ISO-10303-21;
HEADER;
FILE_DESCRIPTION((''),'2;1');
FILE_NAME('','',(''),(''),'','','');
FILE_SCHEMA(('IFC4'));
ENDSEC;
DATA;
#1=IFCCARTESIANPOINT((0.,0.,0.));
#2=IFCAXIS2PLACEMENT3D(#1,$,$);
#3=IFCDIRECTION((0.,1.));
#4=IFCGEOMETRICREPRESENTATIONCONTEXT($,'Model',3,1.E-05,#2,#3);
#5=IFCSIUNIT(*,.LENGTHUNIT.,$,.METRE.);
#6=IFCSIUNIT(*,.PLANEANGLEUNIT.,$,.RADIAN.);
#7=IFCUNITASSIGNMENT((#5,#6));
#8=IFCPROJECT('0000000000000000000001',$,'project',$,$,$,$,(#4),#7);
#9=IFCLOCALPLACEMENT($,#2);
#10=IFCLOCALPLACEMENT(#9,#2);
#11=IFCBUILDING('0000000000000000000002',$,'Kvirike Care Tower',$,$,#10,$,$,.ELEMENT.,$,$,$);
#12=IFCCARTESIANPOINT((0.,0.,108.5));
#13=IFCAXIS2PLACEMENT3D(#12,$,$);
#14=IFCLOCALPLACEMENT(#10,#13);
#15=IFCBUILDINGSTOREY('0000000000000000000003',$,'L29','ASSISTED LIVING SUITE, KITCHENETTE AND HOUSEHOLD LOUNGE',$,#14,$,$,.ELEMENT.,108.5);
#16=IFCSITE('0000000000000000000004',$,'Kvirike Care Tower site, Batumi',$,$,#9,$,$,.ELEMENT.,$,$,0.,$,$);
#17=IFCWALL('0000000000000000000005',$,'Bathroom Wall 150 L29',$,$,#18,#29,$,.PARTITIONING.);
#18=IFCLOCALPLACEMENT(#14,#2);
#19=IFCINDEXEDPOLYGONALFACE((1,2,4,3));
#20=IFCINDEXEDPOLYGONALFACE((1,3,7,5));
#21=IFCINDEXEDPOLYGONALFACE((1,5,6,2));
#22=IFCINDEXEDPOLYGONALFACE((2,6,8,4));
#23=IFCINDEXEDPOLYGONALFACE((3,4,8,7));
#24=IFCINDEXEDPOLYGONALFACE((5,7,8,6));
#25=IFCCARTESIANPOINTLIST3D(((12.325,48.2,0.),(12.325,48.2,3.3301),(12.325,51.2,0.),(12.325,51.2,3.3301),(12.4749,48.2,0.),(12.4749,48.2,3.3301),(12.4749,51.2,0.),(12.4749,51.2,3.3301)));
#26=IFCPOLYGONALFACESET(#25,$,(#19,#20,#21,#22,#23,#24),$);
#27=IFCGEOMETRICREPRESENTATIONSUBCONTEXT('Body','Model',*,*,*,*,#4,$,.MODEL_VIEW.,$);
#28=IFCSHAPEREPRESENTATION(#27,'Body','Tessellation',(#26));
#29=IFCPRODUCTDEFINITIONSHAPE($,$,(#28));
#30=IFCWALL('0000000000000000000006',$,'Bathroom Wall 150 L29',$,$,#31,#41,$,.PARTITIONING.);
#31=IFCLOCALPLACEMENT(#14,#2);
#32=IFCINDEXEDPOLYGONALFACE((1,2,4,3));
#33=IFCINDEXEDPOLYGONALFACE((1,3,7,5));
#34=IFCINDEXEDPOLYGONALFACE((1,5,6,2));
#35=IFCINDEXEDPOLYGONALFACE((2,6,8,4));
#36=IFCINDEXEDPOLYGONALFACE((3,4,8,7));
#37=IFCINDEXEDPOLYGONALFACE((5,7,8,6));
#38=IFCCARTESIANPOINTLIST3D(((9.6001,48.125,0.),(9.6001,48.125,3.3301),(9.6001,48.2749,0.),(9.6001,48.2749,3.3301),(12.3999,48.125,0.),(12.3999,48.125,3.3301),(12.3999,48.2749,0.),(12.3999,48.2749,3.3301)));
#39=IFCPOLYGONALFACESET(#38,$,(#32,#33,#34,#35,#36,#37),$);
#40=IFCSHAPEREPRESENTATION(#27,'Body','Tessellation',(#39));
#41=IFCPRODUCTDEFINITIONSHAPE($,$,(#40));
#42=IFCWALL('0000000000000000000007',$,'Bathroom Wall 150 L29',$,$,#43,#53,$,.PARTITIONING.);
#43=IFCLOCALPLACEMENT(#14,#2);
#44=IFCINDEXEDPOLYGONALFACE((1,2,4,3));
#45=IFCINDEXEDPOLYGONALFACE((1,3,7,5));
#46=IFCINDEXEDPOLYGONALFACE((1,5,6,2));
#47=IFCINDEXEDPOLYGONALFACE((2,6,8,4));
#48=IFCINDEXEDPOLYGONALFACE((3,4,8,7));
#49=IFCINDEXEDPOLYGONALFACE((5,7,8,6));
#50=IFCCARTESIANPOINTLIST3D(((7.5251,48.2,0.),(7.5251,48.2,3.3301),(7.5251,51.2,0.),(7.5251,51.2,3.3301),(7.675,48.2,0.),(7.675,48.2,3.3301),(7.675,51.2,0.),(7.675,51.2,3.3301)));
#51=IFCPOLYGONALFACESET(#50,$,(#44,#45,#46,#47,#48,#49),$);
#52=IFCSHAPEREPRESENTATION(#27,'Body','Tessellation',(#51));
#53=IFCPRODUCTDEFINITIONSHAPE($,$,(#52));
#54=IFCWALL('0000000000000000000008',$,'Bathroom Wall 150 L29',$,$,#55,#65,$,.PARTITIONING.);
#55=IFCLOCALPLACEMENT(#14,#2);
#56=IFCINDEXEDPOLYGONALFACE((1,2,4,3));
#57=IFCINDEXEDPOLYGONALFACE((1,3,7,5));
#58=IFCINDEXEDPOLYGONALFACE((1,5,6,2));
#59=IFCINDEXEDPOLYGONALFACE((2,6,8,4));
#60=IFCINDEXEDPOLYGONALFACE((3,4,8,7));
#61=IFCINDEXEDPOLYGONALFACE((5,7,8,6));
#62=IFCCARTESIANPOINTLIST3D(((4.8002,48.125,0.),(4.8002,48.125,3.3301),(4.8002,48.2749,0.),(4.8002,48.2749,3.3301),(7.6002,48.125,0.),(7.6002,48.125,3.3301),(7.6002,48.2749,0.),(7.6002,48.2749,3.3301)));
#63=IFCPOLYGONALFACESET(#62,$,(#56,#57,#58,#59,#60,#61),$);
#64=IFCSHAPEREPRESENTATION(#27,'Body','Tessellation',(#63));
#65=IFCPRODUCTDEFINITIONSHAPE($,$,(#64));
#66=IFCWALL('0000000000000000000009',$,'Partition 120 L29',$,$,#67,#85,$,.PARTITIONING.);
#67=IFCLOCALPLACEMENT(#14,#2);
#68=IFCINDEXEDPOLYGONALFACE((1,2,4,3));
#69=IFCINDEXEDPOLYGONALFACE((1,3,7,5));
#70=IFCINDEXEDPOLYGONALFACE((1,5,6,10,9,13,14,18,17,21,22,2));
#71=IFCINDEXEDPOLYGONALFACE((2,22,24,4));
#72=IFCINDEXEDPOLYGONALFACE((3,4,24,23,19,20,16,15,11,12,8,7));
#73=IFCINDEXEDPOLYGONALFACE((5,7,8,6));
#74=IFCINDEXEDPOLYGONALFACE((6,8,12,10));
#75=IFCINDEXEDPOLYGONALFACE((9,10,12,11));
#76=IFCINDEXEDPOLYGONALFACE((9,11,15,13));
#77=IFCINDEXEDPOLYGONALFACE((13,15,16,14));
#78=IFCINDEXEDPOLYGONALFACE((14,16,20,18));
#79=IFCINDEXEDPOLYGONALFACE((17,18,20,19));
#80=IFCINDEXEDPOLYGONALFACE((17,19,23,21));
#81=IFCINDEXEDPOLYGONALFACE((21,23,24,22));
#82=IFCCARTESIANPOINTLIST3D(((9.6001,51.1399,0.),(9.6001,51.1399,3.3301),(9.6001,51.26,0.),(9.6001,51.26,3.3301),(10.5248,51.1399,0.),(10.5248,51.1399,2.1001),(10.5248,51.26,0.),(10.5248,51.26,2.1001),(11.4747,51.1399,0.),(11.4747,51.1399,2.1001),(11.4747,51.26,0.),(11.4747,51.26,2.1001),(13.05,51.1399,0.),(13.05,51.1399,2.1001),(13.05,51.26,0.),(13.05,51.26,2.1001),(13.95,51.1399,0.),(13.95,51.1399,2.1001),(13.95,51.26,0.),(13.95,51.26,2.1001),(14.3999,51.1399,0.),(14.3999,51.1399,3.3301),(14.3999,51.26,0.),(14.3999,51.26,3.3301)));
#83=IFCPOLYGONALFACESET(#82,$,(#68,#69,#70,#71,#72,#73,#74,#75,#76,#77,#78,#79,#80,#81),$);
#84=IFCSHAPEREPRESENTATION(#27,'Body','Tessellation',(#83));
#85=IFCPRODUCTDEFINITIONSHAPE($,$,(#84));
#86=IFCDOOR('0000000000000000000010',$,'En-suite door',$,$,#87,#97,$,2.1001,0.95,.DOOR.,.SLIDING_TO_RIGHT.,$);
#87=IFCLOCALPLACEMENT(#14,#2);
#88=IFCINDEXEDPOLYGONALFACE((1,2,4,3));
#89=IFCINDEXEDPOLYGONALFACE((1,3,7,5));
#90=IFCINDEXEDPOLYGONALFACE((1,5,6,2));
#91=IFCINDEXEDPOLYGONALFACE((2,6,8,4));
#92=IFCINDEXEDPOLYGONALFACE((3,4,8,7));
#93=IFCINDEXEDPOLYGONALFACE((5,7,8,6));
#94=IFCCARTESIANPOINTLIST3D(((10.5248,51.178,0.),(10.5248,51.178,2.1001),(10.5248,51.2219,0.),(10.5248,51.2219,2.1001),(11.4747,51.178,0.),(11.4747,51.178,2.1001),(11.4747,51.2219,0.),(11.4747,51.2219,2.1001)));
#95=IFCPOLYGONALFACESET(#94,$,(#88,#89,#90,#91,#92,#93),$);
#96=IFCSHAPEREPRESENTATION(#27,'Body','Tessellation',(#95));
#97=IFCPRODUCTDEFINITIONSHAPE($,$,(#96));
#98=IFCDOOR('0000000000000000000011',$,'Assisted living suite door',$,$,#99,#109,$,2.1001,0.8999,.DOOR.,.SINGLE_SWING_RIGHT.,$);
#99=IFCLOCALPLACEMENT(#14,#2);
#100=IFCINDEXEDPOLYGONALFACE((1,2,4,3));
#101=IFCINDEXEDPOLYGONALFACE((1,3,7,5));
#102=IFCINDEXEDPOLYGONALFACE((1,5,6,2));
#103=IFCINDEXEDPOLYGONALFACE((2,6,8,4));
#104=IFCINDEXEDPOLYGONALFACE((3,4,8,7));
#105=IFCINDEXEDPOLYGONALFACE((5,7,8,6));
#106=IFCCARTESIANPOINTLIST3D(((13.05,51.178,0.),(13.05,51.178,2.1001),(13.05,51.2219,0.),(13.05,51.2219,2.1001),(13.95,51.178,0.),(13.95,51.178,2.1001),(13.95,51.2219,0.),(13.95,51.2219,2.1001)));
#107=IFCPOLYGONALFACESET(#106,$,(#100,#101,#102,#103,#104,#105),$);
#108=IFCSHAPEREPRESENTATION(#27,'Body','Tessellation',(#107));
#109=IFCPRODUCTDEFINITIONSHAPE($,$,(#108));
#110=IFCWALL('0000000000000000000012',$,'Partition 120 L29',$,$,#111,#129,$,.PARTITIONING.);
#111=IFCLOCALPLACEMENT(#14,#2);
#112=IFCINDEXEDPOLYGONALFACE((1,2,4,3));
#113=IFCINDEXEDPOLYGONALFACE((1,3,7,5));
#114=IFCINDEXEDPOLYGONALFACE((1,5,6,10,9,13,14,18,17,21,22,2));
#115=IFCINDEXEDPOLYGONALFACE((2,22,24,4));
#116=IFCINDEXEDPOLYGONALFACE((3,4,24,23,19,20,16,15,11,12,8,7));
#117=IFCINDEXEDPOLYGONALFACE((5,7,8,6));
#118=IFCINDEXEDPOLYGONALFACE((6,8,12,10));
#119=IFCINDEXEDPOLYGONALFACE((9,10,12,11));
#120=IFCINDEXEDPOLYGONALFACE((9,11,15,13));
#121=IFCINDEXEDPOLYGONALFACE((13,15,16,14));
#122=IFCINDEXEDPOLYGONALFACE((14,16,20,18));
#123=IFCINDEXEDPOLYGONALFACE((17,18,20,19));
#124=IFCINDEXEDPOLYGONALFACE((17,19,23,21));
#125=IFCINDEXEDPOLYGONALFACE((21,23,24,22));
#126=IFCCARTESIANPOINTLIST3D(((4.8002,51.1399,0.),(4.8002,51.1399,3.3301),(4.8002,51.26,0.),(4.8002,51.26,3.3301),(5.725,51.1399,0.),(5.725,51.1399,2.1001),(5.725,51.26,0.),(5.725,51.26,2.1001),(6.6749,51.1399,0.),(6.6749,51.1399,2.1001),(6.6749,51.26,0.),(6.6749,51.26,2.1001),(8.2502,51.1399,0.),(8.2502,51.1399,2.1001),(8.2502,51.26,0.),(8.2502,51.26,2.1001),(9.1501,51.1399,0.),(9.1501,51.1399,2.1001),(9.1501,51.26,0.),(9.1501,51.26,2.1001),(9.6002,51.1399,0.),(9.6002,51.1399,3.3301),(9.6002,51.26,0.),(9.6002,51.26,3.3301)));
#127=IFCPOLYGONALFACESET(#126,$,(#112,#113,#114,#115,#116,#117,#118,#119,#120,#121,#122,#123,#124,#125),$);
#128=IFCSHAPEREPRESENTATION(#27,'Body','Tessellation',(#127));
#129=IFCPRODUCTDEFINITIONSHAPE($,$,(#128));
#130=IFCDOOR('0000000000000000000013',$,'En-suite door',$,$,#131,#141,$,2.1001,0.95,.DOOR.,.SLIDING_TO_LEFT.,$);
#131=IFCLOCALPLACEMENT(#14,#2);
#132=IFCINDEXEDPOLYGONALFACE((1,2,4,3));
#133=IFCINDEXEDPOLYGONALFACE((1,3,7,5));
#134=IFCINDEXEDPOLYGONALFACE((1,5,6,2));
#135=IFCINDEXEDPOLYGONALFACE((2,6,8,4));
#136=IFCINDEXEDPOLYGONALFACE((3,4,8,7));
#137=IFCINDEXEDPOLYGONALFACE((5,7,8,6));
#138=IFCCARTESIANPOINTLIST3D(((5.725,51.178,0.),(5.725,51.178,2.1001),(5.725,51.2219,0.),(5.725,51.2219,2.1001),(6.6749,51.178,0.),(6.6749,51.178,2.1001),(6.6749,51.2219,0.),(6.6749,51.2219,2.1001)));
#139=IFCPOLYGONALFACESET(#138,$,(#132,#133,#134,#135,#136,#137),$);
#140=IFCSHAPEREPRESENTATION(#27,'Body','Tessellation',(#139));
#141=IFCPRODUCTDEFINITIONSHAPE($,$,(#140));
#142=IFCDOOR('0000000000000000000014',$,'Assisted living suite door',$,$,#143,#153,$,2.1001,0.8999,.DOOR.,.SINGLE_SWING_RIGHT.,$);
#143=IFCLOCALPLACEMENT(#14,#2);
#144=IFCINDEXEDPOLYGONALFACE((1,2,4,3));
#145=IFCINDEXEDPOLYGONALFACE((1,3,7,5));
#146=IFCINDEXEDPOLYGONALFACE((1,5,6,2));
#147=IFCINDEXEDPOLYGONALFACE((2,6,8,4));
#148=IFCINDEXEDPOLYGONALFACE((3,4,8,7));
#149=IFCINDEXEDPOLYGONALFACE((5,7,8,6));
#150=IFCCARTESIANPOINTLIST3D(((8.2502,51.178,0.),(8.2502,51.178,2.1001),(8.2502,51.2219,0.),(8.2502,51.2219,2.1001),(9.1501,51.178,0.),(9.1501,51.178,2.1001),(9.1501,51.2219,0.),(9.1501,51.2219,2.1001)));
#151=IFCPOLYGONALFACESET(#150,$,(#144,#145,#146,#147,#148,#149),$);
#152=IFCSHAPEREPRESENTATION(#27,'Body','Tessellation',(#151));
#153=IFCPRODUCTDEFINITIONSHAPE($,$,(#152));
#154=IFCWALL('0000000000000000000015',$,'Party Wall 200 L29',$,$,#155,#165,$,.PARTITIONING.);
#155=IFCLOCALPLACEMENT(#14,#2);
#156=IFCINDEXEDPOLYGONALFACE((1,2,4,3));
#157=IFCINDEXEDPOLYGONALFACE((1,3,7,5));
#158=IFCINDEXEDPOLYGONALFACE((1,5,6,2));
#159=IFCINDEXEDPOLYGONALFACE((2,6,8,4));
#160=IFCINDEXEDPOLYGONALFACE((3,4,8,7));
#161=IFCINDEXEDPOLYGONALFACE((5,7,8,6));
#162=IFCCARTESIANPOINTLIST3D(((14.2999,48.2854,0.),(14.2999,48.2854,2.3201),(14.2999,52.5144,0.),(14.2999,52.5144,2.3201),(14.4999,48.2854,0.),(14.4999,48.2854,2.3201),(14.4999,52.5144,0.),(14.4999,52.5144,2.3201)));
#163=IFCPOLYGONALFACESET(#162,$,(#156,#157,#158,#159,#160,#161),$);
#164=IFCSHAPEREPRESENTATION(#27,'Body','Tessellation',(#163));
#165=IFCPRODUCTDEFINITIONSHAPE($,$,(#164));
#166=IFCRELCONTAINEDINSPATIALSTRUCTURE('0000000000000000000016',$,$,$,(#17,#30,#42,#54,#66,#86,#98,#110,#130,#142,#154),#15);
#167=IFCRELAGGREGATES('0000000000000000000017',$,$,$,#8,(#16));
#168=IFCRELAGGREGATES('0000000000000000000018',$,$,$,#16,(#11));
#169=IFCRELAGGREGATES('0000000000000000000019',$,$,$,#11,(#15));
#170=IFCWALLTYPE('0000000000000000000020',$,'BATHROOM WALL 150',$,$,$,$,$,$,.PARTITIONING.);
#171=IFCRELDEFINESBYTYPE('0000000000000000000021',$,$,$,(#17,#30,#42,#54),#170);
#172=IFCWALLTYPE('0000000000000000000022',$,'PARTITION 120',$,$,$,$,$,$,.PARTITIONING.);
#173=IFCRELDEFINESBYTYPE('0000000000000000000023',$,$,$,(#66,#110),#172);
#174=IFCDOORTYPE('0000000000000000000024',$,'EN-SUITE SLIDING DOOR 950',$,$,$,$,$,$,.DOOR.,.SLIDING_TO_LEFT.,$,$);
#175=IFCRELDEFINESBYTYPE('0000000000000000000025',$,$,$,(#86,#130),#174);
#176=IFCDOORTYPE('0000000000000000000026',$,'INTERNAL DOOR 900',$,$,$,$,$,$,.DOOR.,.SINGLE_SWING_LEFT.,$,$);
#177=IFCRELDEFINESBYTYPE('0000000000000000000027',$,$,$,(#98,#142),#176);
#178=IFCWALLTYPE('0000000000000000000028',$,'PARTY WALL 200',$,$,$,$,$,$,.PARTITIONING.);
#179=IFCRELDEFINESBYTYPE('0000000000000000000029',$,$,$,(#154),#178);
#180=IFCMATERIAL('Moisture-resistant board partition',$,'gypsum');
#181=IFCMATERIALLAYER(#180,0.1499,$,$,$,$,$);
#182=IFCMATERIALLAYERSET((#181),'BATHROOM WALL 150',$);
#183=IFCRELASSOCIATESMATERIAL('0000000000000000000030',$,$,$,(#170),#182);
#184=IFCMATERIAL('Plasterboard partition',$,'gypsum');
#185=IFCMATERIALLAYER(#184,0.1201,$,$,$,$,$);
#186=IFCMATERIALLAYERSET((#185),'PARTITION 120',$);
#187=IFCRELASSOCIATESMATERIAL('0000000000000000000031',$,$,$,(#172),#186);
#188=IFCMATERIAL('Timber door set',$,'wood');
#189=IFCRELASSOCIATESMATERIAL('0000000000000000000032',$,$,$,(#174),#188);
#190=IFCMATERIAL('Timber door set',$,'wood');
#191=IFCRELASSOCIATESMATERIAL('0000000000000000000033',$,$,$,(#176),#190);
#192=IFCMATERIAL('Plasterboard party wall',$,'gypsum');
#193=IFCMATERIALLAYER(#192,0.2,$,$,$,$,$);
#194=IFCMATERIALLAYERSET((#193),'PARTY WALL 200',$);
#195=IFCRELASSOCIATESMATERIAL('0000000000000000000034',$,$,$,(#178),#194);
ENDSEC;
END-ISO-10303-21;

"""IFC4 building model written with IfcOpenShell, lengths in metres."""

from ifc_helpers import new_model, si_unit, direction, frame, frame_2d, origin, place, context, subcontext, project, spatial, rectangle, extrude, material, layer, layer_set, type_object, element, fill, save


model = new_model("IFC4")

# Units and contexts
model_context = context("Model", 3, precision=1e-05, world=origin(), true_north=direction((0.0, 1.0)))
body_context = subcontext(model_context, "Body", "Model", "MODEL_VIEW")
ifc_project = project(units=[si_unit("LENGTHUNIT", "METRE"), si_unit("PLANEANGLEUNIT", "RADIAN")], contexts=[model_context])

# Site, building, storey
site_placement = place(None, origin())
site = spatial("IfcSite", under=ifc_project, at=site_placement, Name="Kvirike Care Tower site, Batumi", CompositionType="ELEMENT", RefElevation=0.0)
building_placement = place(site_placement, origin())
building = spatial("IfcBuilding", under=site, at=building_placement, Name="Kvirike Care Tower", CompositionType="ELEMENT")
storey_placement = place(building_placement, frame((0.0, 0.0, 108.5)))
storey = spatial("IfcBuildingStorey", under=building, at=storey_placement, Name="L29", Description="ASSISTED LIVING SUITE, KITCHENETTE AND HOUSEHOLD LOUNGE", CompositionType="ELEMENT", Elevation=108.5)

# Walls
ifc_material_1 = material(Name="Moisture-resistant board partition", Category="gypsum")
ifc_layer_1 = layer(ifc_material_1, 0.1499)
ifc_layer_set_1 = layer_set([ifc_layer_1], Name="BATHROOM WALL 150")
wall_type_1 = type_object("IfcWallType", Name="BATHROOM WALL 150", PredefinedType="PARTITIONING", material=ifc_layer_set_1)
wall_1_placement = place(storey_placement, frame((12.3999, 51.2, 0.0), z_axis=(0.0, 0.0, 1.0), x_axis=(0.0, -1.0, 0.0)))
element("IfcWall", 1, at=wall_1_placement, inside=storey, type_object=wall_type_1, Name="Bathroom Wall 150 L29", PredefinedType="PARTITIONING", context=body_context, shape_type="SweptSolid", body=[
    extrude(rectangle(XDim=3.0, YDim=0.1499, at=frame_2d((1.5, 0.0))), origin(), (0.0, 0.0, 1.0), 3.3301),
])
wall_2_placement = place(storey_placement, frame((12.3999, 48.2, 0.0), z_axis=(0.0, 0.0, 1.0), x_axis=(-1.0, 0.0, 0.0)))
element("IfcWall", 2, at=wall_2_placement, inside=storey, type_object=wall_type_1, Name="Bathroom Wall 150 L29", PredefinedType="PARTITIONING", context=body_context, shape_type="SweptSolid", body=[
    extrude(rectangle(XDim=2.7998, YDim=0.1499, at=frame_2d((1.3999, 0.0))), origin(), (0.0, 0.0, 1.0), 3.3301),
])
wall_3_placement = place(storey_placement, frame((7.6001, 51.2, 0.0), z_axis=(0.0, 0.0, 1.0), x_axis=(0.0, -1.0, 0.0)))
element("IfcWall", 3, at=wall_3_placement, inside=storey, type_object=wall_type_1, Name="Bathroom Wall 150 L29", PredefinedType="PARTITIONING", context=body_context, shape_type="SweptSolid", body=[
    extrude(rectangle(XDim=3.0, YDim=0.1499, at=frame_2d((1.5, 0.0))), origin(), (0.0, 0.0, 1.0), 3.3301),
])
wall_4_placement = place(storey_placement, frame((7.6001, 48.2, 0.0), z_axis=(0.0, 0.0, 1.0), x_axis=(-1.0, 0.0, 0.0)))
element("IfcWall", 4, at=wall_4_placement, inside=storey, type_object=wall_type_1, Name="Bathroom Wall 150 L29", PredefinedType="PARTITIONING", context=body_context, shape_type="SweptSolid", body=[
    extrude(rectangle(XDim=2.8, YDim=0.1499, at=frame_2d((1.3999, 0.0))), origin(), (0.0, 0.0, 1.0), 3.3301),
])

# Walls, openings, doors
ifc_material_2 = material(Name="Plasterboard partition", Category="gypsum")
ifc_layer_2 = layer(ifc_material_2, 0.1201)
ifc_layer_set_2 = layer_set([ifc_layer_2], Name="PARTITION 120")
wall_type_2 = type_object("IfcWallType", Name="PARTITION 120", PredefinedType="PARTITIONING", material=ifc_layer_set_2)
wall_5_placement = place(storey_placement, frame((14.3999, 51.2, 0.0), z_axis=(0.0, 0.0, 1.0), x_axis=(-1.0, 0.0, 0.0)))
wall_5 = element("IfcWall", 5, at=wall_5_placement, inside=storey, type_object=wall_type_2, Name="Partition 120 L29", PredefinedType="PARTITIONING", context=body_context, shape_type="SweptSolid", body=[
    extrude(rectangle(XDim=4.7998, YDim=0.1201, at=frame_2d((2.3999, 0.0))), origin(), (0.0, 0.0, 1.0), 3.3301),
])
opening_1_placement = place(wall_5_placement, frame((0.45, 0.0, 0.0)))
opening_1 = element("IfcOpeningElement", 6, at=opening_1_placement, cuts=wall_5, PredefinedType="OPENING", context=body_context, shape_type="SweptSolid", body=[
    extrude(rectangle(XDim=0.8999, YDim=2.1001, at=frame_2d((0.45, 1.05))), frame((0.0, 0.0706, 0.0), z_axis=(0.0, -1.0, 0.0), x_axis=(1.0, 0.0, 0.0)), (0.0, 0.0, 1.0), 0.1411),
])
opening_2_placement = place(wall_5_placement, frame((2.925, 0.0, 0.0)))
opening_2 = element("IfcOpeningElement", 7, at=opening_2_placement, cuts=wall_5, PredefinedType="OPENING", context=body_context, shape_type="SweptSolid", body=[
    extrude(rectangle(XDim=0.95, YDim=2.1001, at=frame_2d((0.4751, 1.05))), frame((0.0, 0.0706, 0.0), z_axis=(0.0, -1.0, 0.0), x_axis=(1.0, 0.0, 0.0)), (0.0, 0.0, 1.0), 0.1411),
])
ifc_material_3 = material(Name="Timber door set", Category="wood")
door_type_1 = type_object("IfcDoorType", Name="EN-SUITE SLIDING DOOR 950", OperationType="SLIDING_TO_LEFT", PredefinedType="DOOR", material=ifc_material_3)
door_1_placement = place(opening_2_placement, origin())
door_1 = element("IfcDoor", 8, at=door_1_placement, inside=storey, type_object=door_type_1, Name="En-suite door", OperationType="SLIDING_TO_RIGHT", OverallHeight=2.1001, OverallWidth=0.95, PredefinedType="DOOR", context=body_context, shape_type="SweptSolid", body=[
    extrude(rectangle(XDim=0.95, YDim=2.1001, at=frame_2d((0.4751, 1.05))), frame((0.0, 0.022, 0.0), z_axis=(0.0, -1.0, 0.0), x_axis=(1.0, 0.0, 0.0)), (0.0, 0.0, 1.0), 0.0439),
])
fill(opening_2, door_1)
ifc_material_4 = material(Name="Timber door set", Category="wood")
door_type_2 = type_object("IfcDoorType", Name="INTERNAL DOOR 900", OperationType="SINGLE_SWING_LEFT", PredefinedType="DOOR", material=ifc_material_4)
door_2_placement = place(opening_1_placement, origin())
door_2 = element("IfcDoor", 9, at=door_2_placement, inside=storey, type_object=door_type_2, Name="Assisted living suite door", OperationType="SINGLE_SWING_RIGHT", OverallHeight=2.1001, OverallWidth=0.8999, PredefinedType="DOOR", context=body_context, shape_type="SweptSolid", body=[
    extrude(rectangle(XDim=0.8999, YDim=2.1001, at=frame_2d((0.45, 1.05))), frame((0.0, 0.022, 0.0), z_axis=(0.0, -1.0, 0.0), x_axis=(1.0, 0.0, 0.0)), (0.0, 0.0, 1.0), 0.0439),
])
fill(opening_1, door_2)
wall_6_placement = place(storey_placement, frame((9.6001, 51.2, 0.0), z_axis=(0.0, 0.0, 1.0), x_axis=(-1.0, 0.0, 0.0)))
wall_6 = element("IfcWall", 10, at=wall_6_placement, inside=storey, type_object=wall_type_2, Name="Partition 120 L29", PredefinedType="PARTITIONING", context=body_context, shape_type="SweptSolid", body=[
    extrude(rectangle(XDim=4.8, YDim=0.1201, at=frame_2d((2.3999, 0.0))), origin(), (0.0, 0.0, 1.0), 3.3301),
])
opening_3_placement = place(wall_6_placement, frame((0.45, 0.0, 0.0)))
opening_3 = element("IfcOpeningElement", 11, at=opening_3_placement, cuts=wall_6, PredefinedType="OPENING", context=body_context, shape_type="SweptSolid", body=[
    extrude(rectangle(XDim=0.8999, YDim=2.1001, at=frame_2d((0.45, 1.05))), frame((0.0, 0.0706, 0.0), z_axis=(0.0, -1.0, 0.0), x_axis=(1.0, 0.0, 0.0)), (0.0, 0.0, 1.0), 0.1411),
])
opening_4_placement = place(wall_6_placement, frame((2.925, 0.0, 0.0)))
opening_4 = element("IfcOpeningElement", 12, at=opening_4_placement, cuts=wall_6, PredefinedType="OPENING", context=body_context, shape_type="SweptSolid", body=[
    extrude(rectangle(XDim=0.95, YDim=2.1001, at=frame_2d((0.4751, 1.05))), frame((0.0, 0.0706, 0.0), z_axis=(0.0, -1.0, 0.0), x_axis=(1.0, 0.0, 0.0)), (0.0, 0.0, 1.0), 0.1411),
])
door_3_placement = place(opening_4_placement, origin())
door_3 = element("IfcDoor", 13, at=door_3_placement, inside=storey, type_object=door_type_1, Name="En-suite door", OperationType="SLIDING_TO_LEFT", OverallHeight=2.1001, OverallWidth=0.95, PredefinedType="DOOR", context=body_context, shape_type="SweptSolid", body=[
    extrude(rectangle(XDim=0.95, YDim=2.1001, at=frame_2d((0.4751, 1.05))), frame((0.0, 0.022, 0.0), z_axis=(0.0, -1.0, 0.0), x_axis=(1.0, 0.0, 0.0)), (0.0, 0.0, 1.0), 0.0439),
])
fill(opening_4, door_3)
door_4_placement = place(opening_3_placement, origin())
door_4 = element("IfcDoor", 14, at=door_4_placement, inside=storey, type_object=door_type_2, Name="Assisted living suite door", OperationType="SINGLE_SWING_RIGHT", OverallHeight=2.1001, OverallWidth=0.8999, PredefinedType="DOOR", context=body_context, shape_type="SweptSolid", body=[
    extrude(rectangle(XDim=0.8999, YDim=2.1001, at=frame_2d((0.45, 1.05))), frame((0.0, 0.022, 0.0), z_axis=(0.0, -1.0, 0.0), x_axis=(1.0, 0.0, 0.0)), (0.0, 0.0, 1.0), 0.0439),
])
fill(opening_3, door_4)

# Wall
ifc_material_5 = material(Name="Plasterboard party wall", Category="gypsum")
ifc_layer_3 = layer(ifc_material_5, 0.2)
ifc_layer_set_3 = layer_set([ifc_layer_3], Name="PARTY WALL 200")
wall_type_3 = type_object("IfcWallType", Name="PARTY WALL 200", PredefinedType="PARTITIONING", material=ifc_layer_set_3)
wall_7_placement = place(storey_placement, frame((14.3999, 48.2854, 0.0), z_axis=(0.0, 0.0, 1.0), x_axis=(0.0, 1.0, 0.0)))
element("IfcWall", 15, at=wall_7_placement, inside=storey, type_object=wall_type_3, Name="Party Wall 200 L29", PredefinedType="PARTITIONING", context=body_context, shape_type="SweptSolid", body=[
    extrude(rectangle(XDim=4.229, YDim=0.2, at=frame_2d((2.1145, 0.0))), origin(), (0.0, 0.0, 1.0), 2.3201),
])

save(model, "model.ifc")
